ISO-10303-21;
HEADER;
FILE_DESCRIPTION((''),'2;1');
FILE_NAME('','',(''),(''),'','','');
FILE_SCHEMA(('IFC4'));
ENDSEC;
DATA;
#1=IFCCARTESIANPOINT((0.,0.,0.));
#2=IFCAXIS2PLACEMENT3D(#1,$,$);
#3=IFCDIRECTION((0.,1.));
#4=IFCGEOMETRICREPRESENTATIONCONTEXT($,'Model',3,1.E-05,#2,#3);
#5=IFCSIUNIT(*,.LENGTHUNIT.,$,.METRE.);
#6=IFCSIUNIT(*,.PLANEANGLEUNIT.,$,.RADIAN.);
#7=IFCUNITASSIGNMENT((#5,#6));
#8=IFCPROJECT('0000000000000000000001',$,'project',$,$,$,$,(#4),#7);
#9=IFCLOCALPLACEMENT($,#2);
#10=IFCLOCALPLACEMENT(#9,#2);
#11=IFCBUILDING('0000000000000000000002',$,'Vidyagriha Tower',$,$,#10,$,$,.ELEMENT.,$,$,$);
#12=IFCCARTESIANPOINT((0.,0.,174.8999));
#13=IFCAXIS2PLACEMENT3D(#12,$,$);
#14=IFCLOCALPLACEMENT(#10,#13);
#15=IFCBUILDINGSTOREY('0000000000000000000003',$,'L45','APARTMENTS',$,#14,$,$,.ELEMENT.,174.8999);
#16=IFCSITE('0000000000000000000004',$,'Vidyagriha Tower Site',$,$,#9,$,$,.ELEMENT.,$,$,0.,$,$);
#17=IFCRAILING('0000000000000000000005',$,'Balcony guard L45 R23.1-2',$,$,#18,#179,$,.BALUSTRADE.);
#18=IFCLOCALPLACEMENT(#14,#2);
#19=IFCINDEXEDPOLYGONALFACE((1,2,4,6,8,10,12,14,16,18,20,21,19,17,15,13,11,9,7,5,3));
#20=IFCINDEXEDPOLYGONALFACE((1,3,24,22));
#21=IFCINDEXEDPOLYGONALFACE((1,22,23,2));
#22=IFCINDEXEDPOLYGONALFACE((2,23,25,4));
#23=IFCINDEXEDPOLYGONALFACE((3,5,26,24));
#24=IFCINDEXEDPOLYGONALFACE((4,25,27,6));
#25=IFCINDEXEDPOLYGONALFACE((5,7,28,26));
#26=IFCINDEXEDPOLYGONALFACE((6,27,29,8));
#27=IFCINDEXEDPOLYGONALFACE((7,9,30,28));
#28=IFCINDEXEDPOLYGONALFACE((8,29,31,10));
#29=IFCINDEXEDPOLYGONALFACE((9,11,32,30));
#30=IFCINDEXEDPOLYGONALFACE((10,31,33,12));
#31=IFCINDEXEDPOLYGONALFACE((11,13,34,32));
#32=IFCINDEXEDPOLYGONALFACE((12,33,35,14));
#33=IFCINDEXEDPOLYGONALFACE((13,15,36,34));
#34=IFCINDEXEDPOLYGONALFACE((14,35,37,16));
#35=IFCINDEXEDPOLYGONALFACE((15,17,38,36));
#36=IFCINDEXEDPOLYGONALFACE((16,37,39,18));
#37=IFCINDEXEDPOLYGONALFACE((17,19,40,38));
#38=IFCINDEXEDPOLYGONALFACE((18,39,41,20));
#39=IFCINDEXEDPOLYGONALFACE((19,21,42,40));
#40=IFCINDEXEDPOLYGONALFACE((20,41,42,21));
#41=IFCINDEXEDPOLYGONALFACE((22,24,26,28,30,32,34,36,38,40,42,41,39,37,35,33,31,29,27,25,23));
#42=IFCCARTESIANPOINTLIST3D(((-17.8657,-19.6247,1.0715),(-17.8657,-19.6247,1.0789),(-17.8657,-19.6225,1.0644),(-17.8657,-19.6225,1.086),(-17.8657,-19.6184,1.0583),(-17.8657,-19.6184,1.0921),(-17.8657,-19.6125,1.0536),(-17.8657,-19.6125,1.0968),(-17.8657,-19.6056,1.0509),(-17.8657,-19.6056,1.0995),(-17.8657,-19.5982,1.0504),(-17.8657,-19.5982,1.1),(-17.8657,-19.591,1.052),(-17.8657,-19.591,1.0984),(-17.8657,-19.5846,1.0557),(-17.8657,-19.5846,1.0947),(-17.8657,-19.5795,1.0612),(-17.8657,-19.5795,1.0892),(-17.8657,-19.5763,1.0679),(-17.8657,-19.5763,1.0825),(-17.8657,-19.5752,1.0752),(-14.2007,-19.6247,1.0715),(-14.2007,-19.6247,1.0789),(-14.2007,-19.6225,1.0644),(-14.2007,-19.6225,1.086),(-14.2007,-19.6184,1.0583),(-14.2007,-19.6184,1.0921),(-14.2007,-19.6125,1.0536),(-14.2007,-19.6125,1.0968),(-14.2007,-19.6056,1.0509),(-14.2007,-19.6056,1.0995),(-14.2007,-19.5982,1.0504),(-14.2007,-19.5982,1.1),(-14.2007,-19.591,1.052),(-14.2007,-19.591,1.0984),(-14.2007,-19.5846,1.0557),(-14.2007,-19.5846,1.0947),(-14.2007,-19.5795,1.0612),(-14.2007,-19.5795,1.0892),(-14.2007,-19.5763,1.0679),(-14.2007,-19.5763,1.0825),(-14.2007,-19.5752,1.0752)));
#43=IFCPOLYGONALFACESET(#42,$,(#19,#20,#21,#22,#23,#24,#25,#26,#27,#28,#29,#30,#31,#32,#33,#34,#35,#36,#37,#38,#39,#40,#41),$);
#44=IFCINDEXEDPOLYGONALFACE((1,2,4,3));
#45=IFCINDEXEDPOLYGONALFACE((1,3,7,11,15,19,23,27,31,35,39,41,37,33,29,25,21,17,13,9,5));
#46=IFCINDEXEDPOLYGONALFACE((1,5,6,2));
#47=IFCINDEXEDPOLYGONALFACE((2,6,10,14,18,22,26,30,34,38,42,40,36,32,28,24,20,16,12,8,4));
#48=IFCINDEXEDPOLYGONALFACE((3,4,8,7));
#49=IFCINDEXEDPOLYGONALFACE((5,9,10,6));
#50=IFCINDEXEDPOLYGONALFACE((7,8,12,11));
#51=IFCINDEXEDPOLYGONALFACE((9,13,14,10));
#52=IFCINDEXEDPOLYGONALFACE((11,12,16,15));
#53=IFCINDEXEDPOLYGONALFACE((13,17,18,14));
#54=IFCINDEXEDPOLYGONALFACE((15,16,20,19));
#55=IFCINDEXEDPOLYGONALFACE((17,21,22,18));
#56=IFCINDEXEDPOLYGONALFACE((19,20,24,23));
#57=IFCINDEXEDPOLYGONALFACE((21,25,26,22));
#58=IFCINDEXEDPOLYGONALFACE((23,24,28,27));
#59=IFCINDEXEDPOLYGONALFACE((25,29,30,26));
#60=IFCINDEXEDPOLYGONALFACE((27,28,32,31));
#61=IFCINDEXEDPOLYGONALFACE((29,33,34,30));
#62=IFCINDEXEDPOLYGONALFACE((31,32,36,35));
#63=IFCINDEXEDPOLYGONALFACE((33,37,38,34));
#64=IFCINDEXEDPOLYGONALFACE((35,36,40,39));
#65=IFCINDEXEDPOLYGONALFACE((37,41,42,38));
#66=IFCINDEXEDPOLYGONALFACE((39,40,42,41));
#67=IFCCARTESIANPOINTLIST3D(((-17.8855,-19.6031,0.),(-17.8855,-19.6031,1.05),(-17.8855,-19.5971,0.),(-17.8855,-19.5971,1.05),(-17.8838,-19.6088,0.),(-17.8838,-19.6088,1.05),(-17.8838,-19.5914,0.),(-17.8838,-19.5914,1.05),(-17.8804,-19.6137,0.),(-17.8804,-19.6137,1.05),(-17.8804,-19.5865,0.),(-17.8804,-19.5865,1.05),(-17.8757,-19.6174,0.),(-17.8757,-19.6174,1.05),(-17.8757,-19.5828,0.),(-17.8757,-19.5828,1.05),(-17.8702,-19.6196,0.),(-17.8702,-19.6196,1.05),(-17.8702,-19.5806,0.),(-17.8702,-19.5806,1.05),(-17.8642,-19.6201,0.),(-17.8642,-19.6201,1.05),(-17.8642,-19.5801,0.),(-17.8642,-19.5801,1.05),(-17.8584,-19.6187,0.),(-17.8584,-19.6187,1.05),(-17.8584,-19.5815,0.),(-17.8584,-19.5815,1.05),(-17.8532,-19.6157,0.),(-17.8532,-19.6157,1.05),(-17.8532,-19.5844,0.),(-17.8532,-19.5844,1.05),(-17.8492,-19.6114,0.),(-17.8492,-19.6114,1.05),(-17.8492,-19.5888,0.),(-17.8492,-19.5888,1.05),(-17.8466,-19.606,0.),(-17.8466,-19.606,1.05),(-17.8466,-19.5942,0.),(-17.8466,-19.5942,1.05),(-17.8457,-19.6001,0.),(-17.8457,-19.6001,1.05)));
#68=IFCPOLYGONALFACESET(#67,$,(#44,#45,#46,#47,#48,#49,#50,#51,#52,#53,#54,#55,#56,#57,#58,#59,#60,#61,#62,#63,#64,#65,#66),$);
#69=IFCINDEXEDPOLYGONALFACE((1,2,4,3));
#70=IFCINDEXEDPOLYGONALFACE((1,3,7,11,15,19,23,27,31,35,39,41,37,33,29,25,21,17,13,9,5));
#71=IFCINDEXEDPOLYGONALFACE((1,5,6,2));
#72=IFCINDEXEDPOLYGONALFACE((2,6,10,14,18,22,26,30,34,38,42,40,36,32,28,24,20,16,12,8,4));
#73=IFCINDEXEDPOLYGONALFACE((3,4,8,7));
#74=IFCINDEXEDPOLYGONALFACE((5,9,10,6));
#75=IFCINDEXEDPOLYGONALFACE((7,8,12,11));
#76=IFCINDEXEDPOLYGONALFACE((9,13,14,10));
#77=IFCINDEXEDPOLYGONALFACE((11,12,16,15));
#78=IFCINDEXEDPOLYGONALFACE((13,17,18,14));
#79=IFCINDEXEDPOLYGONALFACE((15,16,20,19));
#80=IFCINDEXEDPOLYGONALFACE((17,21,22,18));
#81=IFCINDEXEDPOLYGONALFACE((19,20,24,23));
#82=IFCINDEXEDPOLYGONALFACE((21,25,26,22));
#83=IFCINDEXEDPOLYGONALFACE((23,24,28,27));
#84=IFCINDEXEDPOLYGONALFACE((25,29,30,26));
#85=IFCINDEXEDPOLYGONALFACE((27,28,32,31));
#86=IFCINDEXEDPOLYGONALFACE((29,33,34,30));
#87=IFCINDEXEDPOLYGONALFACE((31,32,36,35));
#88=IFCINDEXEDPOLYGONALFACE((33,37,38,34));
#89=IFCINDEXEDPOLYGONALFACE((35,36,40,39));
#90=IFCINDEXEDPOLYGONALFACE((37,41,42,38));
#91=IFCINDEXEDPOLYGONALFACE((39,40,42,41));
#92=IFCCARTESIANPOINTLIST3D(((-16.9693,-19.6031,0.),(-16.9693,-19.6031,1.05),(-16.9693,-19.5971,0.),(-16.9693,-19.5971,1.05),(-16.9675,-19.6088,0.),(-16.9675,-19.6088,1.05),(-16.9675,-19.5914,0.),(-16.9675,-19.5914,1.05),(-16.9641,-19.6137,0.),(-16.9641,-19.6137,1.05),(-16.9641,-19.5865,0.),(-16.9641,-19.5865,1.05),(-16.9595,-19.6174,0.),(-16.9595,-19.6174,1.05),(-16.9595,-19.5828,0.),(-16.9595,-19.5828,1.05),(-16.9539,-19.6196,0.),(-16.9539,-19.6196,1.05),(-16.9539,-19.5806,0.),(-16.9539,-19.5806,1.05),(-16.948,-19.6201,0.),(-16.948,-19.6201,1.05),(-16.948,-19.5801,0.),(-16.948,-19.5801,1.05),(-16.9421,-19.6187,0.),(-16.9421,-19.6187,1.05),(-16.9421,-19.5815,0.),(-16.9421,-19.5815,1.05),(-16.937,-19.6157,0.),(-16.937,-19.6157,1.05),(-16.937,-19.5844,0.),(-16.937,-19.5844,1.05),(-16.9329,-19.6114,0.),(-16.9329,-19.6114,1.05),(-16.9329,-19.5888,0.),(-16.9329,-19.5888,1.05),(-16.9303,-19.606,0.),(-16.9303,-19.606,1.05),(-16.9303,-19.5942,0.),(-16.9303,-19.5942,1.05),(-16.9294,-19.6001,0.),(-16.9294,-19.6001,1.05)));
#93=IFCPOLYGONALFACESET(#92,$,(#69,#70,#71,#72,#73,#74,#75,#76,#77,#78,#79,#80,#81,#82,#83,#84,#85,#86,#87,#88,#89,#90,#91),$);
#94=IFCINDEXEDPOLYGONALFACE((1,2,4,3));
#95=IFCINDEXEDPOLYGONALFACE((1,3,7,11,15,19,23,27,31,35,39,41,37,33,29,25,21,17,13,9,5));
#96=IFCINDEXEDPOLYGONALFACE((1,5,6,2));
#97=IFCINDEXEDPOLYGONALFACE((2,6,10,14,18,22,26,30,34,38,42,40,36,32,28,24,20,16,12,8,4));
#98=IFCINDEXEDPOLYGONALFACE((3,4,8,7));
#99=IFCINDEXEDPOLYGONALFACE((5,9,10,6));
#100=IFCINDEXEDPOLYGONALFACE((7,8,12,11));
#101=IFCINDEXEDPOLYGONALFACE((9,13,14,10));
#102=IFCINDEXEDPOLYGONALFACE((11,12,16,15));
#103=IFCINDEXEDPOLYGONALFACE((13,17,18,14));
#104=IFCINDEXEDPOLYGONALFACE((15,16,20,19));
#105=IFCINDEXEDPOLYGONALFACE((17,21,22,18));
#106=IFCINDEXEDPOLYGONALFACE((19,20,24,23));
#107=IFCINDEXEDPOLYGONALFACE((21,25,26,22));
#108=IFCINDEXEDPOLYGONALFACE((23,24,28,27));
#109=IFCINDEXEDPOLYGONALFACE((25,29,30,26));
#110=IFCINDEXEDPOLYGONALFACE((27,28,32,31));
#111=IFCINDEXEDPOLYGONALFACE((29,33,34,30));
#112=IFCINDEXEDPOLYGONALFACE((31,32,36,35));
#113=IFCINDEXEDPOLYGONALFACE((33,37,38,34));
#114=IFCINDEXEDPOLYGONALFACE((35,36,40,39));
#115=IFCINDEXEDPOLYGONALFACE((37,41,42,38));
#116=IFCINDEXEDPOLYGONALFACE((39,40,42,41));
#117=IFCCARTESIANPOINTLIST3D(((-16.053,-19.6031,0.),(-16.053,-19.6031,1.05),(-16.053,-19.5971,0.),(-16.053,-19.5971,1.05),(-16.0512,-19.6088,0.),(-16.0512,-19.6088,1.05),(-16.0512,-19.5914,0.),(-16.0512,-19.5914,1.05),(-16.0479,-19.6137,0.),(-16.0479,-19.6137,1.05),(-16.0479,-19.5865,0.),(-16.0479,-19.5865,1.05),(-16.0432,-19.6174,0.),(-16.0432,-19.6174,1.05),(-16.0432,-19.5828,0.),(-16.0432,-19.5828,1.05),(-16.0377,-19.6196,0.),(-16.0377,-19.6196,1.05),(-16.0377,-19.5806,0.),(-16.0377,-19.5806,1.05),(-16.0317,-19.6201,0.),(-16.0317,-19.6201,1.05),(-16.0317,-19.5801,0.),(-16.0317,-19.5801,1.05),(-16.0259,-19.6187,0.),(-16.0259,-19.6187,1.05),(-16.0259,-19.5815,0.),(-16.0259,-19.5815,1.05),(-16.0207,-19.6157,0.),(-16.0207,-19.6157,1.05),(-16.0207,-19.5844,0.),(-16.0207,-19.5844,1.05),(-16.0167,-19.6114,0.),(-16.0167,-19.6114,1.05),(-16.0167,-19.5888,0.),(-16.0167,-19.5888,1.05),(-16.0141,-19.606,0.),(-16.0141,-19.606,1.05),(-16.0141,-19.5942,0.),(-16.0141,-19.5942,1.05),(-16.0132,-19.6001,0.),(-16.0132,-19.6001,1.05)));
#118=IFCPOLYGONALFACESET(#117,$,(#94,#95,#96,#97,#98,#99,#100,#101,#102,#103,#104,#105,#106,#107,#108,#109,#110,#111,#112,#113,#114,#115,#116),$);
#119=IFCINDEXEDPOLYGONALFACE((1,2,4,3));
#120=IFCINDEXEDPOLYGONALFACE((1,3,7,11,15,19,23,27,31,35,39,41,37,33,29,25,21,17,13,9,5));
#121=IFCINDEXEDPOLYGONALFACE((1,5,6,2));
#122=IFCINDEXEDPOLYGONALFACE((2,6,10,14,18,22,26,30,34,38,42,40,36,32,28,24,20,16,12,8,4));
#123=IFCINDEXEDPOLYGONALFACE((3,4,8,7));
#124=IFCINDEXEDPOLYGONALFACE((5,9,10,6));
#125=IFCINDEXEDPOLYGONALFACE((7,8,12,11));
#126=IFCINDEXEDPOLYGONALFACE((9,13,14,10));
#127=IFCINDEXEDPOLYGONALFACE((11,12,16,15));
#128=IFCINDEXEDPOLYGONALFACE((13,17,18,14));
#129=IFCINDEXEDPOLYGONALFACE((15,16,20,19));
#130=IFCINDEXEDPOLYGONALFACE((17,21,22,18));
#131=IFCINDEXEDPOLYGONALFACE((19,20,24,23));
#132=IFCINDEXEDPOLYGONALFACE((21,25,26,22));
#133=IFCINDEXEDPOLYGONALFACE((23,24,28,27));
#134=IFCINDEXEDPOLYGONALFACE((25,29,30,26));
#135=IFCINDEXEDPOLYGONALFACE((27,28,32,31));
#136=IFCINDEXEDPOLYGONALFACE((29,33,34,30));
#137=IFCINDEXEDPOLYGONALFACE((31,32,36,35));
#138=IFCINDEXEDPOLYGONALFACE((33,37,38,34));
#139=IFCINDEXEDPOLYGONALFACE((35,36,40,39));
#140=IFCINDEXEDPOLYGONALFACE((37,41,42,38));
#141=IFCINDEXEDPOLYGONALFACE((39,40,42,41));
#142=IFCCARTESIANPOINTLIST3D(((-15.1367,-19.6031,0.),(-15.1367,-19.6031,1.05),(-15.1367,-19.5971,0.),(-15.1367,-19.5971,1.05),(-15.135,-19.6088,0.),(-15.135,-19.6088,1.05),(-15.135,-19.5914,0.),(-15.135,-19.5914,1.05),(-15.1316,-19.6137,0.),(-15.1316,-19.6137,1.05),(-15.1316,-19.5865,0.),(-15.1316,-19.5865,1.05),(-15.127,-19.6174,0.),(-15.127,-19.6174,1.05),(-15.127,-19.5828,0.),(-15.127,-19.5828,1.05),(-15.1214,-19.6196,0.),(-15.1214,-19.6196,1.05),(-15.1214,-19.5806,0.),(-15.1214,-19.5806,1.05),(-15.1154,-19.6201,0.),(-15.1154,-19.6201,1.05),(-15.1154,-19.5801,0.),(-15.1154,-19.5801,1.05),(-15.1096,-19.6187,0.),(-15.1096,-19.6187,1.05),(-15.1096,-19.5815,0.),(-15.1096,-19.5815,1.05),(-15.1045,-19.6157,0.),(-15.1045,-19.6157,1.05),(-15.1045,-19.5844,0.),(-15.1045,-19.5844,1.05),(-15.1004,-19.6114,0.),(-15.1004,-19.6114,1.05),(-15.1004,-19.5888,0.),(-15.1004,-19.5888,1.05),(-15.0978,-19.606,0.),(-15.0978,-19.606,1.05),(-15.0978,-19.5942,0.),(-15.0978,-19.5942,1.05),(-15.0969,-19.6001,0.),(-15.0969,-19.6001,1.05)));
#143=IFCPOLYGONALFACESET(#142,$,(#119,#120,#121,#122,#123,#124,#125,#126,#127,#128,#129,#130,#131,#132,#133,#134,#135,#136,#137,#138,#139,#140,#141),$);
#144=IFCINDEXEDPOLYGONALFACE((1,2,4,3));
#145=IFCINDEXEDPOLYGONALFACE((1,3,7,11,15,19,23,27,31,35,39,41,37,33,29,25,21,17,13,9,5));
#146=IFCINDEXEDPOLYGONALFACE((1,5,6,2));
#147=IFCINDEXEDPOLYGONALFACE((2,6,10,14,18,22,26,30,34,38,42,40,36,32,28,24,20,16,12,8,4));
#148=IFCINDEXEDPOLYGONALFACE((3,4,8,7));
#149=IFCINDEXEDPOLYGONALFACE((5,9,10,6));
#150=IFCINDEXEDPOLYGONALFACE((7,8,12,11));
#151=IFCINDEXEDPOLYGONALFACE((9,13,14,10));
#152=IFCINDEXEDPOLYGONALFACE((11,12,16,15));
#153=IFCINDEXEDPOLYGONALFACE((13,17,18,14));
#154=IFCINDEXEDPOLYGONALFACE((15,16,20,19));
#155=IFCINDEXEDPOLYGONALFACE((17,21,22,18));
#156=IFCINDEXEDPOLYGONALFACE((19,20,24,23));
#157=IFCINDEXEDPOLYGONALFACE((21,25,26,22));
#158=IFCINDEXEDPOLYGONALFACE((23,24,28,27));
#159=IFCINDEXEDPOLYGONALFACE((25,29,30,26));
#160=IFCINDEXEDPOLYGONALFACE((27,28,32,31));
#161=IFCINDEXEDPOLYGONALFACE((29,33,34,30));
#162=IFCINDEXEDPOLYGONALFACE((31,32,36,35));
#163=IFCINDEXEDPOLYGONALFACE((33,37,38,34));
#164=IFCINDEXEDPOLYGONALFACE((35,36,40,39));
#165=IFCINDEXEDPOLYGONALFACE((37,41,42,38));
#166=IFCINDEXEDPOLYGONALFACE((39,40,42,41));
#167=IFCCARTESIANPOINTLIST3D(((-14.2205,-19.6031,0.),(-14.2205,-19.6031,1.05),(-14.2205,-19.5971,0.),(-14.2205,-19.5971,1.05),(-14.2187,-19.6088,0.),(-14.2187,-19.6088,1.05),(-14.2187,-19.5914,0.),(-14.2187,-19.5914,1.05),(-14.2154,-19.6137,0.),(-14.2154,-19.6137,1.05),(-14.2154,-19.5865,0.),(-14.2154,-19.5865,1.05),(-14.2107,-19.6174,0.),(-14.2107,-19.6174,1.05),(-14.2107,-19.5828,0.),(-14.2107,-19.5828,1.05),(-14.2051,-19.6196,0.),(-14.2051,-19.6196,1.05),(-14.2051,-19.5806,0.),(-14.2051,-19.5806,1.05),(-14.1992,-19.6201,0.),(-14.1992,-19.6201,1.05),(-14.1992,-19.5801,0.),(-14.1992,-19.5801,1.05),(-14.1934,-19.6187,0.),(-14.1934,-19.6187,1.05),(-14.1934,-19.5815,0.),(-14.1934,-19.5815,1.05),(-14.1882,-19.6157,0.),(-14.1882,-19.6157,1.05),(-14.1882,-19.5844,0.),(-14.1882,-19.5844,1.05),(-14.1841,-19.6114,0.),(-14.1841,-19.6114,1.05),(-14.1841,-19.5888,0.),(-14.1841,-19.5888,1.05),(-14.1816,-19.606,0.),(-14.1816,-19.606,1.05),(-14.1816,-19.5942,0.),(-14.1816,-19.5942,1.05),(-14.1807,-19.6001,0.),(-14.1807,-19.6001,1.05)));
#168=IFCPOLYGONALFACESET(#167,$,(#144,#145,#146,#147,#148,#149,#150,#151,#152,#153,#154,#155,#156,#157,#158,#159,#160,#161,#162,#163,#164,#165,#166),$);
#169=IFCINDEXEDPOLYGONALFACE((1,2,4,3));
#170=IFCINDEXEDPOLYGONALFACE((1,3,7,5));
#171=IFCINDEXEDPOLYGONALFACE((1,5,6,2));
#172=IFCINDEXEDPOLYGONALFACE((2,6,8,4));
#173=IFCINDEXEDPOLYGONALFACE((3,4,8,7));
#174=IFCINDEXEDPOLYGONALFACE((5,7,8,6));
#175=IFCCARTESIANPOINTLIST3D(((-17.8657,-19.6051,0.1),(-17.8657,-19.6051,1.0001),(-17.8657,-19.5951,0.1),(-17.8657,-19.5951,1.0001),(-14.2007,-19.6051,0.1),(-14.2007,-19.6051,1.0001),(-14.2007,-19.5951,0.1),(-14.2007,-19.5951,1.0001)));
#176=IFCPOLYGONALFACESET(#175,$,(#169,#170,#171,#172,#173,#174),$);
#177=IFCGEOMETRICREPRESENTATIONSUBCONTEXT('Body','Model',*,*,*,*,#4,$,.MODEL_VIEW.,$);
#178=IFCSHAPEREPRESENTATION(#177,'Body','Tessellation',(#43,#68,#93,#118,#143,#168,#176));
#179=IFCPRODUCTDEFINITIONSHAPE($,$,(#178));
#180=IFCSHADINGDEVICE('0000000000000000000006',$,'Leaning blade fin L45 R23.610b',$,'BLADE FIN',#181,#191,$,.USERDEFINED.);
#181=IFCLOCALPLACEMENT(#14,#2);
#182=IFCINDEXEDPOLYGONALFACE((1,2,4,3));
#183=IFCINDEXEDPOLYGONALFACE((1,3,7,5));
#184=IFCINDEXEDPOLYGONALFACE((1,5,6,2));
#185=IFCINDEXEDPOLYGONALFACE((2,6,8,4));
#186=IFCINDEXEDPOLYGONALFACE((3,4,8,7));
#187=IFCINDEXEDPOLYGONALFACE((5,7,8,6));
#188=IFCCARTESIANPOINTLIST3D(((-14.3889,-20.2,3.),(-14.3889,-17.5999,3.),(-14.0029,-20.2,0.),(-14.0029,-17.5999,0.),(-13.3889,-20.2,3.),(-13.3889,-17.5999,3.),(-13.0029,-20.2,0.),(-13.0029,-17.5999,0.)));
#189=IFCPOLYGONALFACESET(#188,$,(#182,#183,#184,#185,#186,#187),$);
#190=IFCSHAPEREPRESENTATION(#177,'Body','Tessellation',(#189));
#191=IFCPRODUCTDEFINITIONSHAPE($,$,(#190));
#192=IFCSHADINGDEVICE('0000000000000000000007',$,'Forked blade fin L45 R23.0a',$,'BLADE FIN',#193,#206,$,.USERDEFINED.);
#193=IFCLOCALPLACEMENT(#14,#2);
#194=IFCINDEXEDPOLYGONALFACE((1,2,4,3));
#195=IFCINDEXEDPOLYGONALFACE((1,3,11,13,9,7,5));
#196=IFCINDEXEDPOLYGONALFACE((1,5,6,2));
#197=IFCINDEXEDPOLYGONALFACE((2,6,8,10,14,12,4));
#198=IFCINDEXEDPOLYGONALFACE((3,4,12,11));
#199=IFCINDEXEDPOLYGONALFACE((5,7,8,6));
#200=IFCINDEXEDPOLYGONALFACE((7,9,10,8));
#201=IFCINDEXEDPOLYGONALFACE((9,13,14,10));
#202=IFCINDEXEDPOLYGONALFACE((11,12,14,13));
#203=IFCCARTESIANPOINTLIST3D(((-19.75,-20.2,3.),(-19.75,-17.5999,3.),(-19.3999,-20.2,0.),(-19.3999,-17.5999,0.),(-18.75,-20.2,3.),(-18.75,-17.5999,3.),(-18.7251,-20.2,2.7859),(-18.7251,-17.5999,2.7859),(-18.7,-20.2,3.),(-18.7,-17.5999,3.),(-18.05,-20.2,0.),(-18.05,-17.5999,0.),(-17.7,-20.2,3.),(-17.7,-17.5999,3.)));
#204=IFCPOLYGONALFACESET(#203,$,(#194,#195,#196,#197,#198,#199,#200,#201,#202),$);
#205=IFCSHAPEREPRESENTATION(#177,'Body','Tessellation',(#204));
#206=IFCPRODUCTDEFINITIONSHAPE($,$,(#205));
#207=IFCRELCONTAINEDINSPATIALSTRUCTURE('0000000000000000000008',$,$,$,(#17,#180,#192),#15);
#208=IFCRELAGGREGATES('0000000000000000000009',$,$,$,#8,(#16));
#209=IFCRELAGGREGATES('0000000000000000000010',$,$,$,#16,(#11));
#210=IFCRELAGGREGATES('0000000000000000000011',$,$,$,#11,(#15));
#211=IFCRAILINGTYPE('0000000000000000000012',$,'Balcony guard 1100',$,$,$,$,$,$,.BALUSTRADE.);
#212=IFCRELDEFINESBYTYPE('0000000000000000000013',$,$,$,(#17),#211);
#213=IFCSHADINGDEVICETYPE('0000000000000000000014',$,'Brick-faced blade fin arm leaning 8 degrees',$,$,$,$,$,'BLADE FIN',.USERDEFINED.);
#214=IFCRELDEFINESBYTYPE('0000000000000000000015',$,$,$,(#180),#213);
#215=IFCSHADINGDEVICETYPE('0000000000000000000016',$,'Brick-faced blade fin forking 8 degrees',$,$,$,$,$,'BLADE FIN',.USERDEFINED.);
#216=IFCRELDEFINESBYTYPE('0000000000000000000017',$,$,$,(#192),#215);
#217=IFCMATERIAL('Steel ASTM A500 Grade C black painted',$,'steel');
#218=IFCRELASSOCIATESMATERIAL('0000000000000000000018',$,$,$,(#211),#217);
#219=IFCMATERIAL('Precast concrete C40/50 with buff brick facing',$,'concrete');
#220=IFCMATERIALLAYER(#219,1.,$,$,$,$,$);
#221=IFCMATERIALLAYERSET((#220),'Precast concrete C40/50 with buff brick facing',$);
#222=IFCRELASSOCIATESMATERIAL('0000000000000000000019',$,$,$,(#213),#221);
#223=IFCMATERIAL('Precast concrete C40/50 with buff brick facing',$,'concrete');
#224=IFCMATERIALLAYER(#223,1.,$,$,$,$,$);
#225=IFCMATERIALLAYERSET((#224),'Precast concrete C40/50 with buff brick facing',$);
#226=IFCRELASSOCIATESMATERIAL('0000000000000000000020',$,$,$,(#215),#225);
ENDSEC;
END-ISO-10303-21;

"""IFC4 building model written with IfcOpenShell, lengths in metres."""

from ifc_helpers import new_model, si_unit, direction, frame, origin, origin_2d, place, context, subcontext, project, spatial, polyline, rectangle, circle, outline, extrude, material, layer, layer_set, type_object, element, save


model = new_model("IFC4")

# Units and contexts
model_context = context("Model", 3, precision=1e-05, world=origin(), true_north=direction((0.0, 1.0)))
body_context = subcontext(model_context, "Body", "Model", "MODEL_VIEW")
ifc_project = project(units=[si_unit("LENGTHUNIT", "METRE"), si_unit("PLANEANGLEUNIT", "RADIAN")], contexts=[model_context])

# Site, building, storey
site_placement = place(None, origin())
site = spatial("IfcSite", under=ifc_project, at=site_placement, Name="Vidyagriha Tower Site", CompositionType="ELEMENT", RefElevation=0.0)
building_placement = place(site_placement, origin())
building = spatial("IfcBuilding", under=site, at=building_placement, Name="Vidyagriha Tower", CompositionType="ELEMENT")
storey_placement = place(building_placement, frame((0.0, 0.0, 174.8999)))
storey = spatial("IfcBuildingStorey", under=building, at=storey_placement, Name="L45", Description="APARTMENTS", CompositionType="ELEMENT", Elevation=174.8999)

# Railing
ifc_material_1 = material(Name="Steel ASTM A500 Grade C black painted", Category="steel")
railing_type_1 = type_object("IfcRailingType", Name="Balcony guard 1100", PredefinedType="BALUSTRADE", material=ifc_material_1)
railing_1_placement = place(storey_placement, frame((-17.8657, -19.6001, 0.0)))
element("IfcRailing", 1, at=railing_1_placement, inside=storey, type_object=railing_type_1, Name="Balcony guard L45 R23.1-2", PredefinedType="BALUSTRADE", context=body_context, shape_type="SweptSolid", body=[
    extrude(circle(Radius=0.0249, at=origin_2d()), frame((0.0, 0.0, 1.0752), z_axis=(1.0, 0.0, 0.0), x_axis=(0.0, 1.0, 0.0)), (0.0, 0.0, 1.0), 3.665),
    extrude(circle(Radius=0.02, at=origin_2d()), origin(), (0.0, 0.0, 1.0), 1.05),
    extrude(circle(Radius=0.02, at=origin_2d()), frame((0.9163, 0.0, 0.0)), (0.0, 0.0, 1.0), 1.05),
    extrude(circle(Radius=0.02, at=origin_2d()), frame((1.8325, 0.0, 0.0)), (0.0, 0.0, 1.0), 1.05),
    extrude(circle(Radius=0.02, at=origin_2d()), frame((2.7488, 0.0, 0.0)), (0.0, 0.0, 1.0), 1.05),
    extrude(circle(Radius=0.02, at=origin_2d()), frame((3.665, 0.0, 0.0)), (0.0, 0.0, 1.0), 1.05),
    extrude(rectangle(XDim=0.01, YDim=0.9001, at=origin_2d()), frame((0.0, 0.0, 0.55), z_axis=(1.0, 0.0, 0.0), x_axis=(0.0, 1.0, 0.0)), (0.0, 0.0, 1.0), 3.665),
])

# Shading devices
ifc_material_2 = material(Name="Precast concrete C40/50 with buff brick facing", Category="concrete")
ifc_layer_1 = layer(ifc_material_2, 1.0)
ifc_layer_set_1 = layer_set([ifc_layer_1], Name="Precast concrete C40/50 with buff brick facing")
shading_device_type_1 = type_object("IfcShadingDeviceType", Name="Brick-faced blade fin arm leaning 8 degrees", ElementType="BLADE FIN", PredefinedType="USERDEFINED", material=ifc_layer_set_1)
shading_device_1_placement = place(storey_placement, frame((-14.3889, -18.8999, 0.0)))
element("IfcShadingDevice", 2, at=shading_device_1_placement, inside=storey, type_object=shading_device_type_1, Name="Leaning blade fin L45 R23.610b", ObjectType="BLADE FIN", PredefinedType="USERDEFINED", context=body_context, shape_type="SweptSolid", body=[
    extrude(outline(polyline([(0.386, 0.0), (1.386, 0.0), (1.0, 3.0), (0.0, 3.0), (0.386, 0.0)])), frame((0.0, 1.3, 0.0), z_axis=(0.0, -1.0, 0.0), x_axis=(1.0, 0.0, 0.0)), (0.0, 0.0, 1.0), 2.6001),
])
ifc_material_3 = material(Name="Precast concrete C40/50 with buff brick facing", Category="concrete")
ifc_layer_2 = layer(ifc_material_3, 1.0)
ifc_layer_set_2 = layer_set([ifc_layer_2], Name="Precast concrete C40/50 with buff brick facing")
shading_device_type_2 = type_object("IfcShadingDeviceType", Name="Brick-faced blade fin forking 8 degrees", ElementType="BLADE FIN", PredefinedType="USERDEFINED", material=ifc_layer_set_2)
shading_device_2_placement = place(storey_placement, frame((-19.75, -18.8999, 0.0)))
element("IfcShadingDevice", 3, at=shading_device_2_placement, inside=storey, type_object=shading_device_type_2, Name="Forked blade fin L45 R23.0a", ObjectType="BLADE FIN", PredefinedType="USERDEFINED", context=body_context, shape_type="SweptSolid", body=[
    extrude(outline(polyline([(0.3501, 0.0), (1.7, 0.0), (2.05, 3.0), (1.05, 3.0), (1.0249, 2.7859), (1.0, 3.0), (0.0, 3.0), (0.3501, 0.0)])), frame((0.0, 1.3, 0.0), z_axis=(0.0, -1.0, 0.0), x_axis=(1.0, 0.0, 0.0)), (0.0, 0.0, 1.0), 2.6001),
])

save(model, "model.ifc")
